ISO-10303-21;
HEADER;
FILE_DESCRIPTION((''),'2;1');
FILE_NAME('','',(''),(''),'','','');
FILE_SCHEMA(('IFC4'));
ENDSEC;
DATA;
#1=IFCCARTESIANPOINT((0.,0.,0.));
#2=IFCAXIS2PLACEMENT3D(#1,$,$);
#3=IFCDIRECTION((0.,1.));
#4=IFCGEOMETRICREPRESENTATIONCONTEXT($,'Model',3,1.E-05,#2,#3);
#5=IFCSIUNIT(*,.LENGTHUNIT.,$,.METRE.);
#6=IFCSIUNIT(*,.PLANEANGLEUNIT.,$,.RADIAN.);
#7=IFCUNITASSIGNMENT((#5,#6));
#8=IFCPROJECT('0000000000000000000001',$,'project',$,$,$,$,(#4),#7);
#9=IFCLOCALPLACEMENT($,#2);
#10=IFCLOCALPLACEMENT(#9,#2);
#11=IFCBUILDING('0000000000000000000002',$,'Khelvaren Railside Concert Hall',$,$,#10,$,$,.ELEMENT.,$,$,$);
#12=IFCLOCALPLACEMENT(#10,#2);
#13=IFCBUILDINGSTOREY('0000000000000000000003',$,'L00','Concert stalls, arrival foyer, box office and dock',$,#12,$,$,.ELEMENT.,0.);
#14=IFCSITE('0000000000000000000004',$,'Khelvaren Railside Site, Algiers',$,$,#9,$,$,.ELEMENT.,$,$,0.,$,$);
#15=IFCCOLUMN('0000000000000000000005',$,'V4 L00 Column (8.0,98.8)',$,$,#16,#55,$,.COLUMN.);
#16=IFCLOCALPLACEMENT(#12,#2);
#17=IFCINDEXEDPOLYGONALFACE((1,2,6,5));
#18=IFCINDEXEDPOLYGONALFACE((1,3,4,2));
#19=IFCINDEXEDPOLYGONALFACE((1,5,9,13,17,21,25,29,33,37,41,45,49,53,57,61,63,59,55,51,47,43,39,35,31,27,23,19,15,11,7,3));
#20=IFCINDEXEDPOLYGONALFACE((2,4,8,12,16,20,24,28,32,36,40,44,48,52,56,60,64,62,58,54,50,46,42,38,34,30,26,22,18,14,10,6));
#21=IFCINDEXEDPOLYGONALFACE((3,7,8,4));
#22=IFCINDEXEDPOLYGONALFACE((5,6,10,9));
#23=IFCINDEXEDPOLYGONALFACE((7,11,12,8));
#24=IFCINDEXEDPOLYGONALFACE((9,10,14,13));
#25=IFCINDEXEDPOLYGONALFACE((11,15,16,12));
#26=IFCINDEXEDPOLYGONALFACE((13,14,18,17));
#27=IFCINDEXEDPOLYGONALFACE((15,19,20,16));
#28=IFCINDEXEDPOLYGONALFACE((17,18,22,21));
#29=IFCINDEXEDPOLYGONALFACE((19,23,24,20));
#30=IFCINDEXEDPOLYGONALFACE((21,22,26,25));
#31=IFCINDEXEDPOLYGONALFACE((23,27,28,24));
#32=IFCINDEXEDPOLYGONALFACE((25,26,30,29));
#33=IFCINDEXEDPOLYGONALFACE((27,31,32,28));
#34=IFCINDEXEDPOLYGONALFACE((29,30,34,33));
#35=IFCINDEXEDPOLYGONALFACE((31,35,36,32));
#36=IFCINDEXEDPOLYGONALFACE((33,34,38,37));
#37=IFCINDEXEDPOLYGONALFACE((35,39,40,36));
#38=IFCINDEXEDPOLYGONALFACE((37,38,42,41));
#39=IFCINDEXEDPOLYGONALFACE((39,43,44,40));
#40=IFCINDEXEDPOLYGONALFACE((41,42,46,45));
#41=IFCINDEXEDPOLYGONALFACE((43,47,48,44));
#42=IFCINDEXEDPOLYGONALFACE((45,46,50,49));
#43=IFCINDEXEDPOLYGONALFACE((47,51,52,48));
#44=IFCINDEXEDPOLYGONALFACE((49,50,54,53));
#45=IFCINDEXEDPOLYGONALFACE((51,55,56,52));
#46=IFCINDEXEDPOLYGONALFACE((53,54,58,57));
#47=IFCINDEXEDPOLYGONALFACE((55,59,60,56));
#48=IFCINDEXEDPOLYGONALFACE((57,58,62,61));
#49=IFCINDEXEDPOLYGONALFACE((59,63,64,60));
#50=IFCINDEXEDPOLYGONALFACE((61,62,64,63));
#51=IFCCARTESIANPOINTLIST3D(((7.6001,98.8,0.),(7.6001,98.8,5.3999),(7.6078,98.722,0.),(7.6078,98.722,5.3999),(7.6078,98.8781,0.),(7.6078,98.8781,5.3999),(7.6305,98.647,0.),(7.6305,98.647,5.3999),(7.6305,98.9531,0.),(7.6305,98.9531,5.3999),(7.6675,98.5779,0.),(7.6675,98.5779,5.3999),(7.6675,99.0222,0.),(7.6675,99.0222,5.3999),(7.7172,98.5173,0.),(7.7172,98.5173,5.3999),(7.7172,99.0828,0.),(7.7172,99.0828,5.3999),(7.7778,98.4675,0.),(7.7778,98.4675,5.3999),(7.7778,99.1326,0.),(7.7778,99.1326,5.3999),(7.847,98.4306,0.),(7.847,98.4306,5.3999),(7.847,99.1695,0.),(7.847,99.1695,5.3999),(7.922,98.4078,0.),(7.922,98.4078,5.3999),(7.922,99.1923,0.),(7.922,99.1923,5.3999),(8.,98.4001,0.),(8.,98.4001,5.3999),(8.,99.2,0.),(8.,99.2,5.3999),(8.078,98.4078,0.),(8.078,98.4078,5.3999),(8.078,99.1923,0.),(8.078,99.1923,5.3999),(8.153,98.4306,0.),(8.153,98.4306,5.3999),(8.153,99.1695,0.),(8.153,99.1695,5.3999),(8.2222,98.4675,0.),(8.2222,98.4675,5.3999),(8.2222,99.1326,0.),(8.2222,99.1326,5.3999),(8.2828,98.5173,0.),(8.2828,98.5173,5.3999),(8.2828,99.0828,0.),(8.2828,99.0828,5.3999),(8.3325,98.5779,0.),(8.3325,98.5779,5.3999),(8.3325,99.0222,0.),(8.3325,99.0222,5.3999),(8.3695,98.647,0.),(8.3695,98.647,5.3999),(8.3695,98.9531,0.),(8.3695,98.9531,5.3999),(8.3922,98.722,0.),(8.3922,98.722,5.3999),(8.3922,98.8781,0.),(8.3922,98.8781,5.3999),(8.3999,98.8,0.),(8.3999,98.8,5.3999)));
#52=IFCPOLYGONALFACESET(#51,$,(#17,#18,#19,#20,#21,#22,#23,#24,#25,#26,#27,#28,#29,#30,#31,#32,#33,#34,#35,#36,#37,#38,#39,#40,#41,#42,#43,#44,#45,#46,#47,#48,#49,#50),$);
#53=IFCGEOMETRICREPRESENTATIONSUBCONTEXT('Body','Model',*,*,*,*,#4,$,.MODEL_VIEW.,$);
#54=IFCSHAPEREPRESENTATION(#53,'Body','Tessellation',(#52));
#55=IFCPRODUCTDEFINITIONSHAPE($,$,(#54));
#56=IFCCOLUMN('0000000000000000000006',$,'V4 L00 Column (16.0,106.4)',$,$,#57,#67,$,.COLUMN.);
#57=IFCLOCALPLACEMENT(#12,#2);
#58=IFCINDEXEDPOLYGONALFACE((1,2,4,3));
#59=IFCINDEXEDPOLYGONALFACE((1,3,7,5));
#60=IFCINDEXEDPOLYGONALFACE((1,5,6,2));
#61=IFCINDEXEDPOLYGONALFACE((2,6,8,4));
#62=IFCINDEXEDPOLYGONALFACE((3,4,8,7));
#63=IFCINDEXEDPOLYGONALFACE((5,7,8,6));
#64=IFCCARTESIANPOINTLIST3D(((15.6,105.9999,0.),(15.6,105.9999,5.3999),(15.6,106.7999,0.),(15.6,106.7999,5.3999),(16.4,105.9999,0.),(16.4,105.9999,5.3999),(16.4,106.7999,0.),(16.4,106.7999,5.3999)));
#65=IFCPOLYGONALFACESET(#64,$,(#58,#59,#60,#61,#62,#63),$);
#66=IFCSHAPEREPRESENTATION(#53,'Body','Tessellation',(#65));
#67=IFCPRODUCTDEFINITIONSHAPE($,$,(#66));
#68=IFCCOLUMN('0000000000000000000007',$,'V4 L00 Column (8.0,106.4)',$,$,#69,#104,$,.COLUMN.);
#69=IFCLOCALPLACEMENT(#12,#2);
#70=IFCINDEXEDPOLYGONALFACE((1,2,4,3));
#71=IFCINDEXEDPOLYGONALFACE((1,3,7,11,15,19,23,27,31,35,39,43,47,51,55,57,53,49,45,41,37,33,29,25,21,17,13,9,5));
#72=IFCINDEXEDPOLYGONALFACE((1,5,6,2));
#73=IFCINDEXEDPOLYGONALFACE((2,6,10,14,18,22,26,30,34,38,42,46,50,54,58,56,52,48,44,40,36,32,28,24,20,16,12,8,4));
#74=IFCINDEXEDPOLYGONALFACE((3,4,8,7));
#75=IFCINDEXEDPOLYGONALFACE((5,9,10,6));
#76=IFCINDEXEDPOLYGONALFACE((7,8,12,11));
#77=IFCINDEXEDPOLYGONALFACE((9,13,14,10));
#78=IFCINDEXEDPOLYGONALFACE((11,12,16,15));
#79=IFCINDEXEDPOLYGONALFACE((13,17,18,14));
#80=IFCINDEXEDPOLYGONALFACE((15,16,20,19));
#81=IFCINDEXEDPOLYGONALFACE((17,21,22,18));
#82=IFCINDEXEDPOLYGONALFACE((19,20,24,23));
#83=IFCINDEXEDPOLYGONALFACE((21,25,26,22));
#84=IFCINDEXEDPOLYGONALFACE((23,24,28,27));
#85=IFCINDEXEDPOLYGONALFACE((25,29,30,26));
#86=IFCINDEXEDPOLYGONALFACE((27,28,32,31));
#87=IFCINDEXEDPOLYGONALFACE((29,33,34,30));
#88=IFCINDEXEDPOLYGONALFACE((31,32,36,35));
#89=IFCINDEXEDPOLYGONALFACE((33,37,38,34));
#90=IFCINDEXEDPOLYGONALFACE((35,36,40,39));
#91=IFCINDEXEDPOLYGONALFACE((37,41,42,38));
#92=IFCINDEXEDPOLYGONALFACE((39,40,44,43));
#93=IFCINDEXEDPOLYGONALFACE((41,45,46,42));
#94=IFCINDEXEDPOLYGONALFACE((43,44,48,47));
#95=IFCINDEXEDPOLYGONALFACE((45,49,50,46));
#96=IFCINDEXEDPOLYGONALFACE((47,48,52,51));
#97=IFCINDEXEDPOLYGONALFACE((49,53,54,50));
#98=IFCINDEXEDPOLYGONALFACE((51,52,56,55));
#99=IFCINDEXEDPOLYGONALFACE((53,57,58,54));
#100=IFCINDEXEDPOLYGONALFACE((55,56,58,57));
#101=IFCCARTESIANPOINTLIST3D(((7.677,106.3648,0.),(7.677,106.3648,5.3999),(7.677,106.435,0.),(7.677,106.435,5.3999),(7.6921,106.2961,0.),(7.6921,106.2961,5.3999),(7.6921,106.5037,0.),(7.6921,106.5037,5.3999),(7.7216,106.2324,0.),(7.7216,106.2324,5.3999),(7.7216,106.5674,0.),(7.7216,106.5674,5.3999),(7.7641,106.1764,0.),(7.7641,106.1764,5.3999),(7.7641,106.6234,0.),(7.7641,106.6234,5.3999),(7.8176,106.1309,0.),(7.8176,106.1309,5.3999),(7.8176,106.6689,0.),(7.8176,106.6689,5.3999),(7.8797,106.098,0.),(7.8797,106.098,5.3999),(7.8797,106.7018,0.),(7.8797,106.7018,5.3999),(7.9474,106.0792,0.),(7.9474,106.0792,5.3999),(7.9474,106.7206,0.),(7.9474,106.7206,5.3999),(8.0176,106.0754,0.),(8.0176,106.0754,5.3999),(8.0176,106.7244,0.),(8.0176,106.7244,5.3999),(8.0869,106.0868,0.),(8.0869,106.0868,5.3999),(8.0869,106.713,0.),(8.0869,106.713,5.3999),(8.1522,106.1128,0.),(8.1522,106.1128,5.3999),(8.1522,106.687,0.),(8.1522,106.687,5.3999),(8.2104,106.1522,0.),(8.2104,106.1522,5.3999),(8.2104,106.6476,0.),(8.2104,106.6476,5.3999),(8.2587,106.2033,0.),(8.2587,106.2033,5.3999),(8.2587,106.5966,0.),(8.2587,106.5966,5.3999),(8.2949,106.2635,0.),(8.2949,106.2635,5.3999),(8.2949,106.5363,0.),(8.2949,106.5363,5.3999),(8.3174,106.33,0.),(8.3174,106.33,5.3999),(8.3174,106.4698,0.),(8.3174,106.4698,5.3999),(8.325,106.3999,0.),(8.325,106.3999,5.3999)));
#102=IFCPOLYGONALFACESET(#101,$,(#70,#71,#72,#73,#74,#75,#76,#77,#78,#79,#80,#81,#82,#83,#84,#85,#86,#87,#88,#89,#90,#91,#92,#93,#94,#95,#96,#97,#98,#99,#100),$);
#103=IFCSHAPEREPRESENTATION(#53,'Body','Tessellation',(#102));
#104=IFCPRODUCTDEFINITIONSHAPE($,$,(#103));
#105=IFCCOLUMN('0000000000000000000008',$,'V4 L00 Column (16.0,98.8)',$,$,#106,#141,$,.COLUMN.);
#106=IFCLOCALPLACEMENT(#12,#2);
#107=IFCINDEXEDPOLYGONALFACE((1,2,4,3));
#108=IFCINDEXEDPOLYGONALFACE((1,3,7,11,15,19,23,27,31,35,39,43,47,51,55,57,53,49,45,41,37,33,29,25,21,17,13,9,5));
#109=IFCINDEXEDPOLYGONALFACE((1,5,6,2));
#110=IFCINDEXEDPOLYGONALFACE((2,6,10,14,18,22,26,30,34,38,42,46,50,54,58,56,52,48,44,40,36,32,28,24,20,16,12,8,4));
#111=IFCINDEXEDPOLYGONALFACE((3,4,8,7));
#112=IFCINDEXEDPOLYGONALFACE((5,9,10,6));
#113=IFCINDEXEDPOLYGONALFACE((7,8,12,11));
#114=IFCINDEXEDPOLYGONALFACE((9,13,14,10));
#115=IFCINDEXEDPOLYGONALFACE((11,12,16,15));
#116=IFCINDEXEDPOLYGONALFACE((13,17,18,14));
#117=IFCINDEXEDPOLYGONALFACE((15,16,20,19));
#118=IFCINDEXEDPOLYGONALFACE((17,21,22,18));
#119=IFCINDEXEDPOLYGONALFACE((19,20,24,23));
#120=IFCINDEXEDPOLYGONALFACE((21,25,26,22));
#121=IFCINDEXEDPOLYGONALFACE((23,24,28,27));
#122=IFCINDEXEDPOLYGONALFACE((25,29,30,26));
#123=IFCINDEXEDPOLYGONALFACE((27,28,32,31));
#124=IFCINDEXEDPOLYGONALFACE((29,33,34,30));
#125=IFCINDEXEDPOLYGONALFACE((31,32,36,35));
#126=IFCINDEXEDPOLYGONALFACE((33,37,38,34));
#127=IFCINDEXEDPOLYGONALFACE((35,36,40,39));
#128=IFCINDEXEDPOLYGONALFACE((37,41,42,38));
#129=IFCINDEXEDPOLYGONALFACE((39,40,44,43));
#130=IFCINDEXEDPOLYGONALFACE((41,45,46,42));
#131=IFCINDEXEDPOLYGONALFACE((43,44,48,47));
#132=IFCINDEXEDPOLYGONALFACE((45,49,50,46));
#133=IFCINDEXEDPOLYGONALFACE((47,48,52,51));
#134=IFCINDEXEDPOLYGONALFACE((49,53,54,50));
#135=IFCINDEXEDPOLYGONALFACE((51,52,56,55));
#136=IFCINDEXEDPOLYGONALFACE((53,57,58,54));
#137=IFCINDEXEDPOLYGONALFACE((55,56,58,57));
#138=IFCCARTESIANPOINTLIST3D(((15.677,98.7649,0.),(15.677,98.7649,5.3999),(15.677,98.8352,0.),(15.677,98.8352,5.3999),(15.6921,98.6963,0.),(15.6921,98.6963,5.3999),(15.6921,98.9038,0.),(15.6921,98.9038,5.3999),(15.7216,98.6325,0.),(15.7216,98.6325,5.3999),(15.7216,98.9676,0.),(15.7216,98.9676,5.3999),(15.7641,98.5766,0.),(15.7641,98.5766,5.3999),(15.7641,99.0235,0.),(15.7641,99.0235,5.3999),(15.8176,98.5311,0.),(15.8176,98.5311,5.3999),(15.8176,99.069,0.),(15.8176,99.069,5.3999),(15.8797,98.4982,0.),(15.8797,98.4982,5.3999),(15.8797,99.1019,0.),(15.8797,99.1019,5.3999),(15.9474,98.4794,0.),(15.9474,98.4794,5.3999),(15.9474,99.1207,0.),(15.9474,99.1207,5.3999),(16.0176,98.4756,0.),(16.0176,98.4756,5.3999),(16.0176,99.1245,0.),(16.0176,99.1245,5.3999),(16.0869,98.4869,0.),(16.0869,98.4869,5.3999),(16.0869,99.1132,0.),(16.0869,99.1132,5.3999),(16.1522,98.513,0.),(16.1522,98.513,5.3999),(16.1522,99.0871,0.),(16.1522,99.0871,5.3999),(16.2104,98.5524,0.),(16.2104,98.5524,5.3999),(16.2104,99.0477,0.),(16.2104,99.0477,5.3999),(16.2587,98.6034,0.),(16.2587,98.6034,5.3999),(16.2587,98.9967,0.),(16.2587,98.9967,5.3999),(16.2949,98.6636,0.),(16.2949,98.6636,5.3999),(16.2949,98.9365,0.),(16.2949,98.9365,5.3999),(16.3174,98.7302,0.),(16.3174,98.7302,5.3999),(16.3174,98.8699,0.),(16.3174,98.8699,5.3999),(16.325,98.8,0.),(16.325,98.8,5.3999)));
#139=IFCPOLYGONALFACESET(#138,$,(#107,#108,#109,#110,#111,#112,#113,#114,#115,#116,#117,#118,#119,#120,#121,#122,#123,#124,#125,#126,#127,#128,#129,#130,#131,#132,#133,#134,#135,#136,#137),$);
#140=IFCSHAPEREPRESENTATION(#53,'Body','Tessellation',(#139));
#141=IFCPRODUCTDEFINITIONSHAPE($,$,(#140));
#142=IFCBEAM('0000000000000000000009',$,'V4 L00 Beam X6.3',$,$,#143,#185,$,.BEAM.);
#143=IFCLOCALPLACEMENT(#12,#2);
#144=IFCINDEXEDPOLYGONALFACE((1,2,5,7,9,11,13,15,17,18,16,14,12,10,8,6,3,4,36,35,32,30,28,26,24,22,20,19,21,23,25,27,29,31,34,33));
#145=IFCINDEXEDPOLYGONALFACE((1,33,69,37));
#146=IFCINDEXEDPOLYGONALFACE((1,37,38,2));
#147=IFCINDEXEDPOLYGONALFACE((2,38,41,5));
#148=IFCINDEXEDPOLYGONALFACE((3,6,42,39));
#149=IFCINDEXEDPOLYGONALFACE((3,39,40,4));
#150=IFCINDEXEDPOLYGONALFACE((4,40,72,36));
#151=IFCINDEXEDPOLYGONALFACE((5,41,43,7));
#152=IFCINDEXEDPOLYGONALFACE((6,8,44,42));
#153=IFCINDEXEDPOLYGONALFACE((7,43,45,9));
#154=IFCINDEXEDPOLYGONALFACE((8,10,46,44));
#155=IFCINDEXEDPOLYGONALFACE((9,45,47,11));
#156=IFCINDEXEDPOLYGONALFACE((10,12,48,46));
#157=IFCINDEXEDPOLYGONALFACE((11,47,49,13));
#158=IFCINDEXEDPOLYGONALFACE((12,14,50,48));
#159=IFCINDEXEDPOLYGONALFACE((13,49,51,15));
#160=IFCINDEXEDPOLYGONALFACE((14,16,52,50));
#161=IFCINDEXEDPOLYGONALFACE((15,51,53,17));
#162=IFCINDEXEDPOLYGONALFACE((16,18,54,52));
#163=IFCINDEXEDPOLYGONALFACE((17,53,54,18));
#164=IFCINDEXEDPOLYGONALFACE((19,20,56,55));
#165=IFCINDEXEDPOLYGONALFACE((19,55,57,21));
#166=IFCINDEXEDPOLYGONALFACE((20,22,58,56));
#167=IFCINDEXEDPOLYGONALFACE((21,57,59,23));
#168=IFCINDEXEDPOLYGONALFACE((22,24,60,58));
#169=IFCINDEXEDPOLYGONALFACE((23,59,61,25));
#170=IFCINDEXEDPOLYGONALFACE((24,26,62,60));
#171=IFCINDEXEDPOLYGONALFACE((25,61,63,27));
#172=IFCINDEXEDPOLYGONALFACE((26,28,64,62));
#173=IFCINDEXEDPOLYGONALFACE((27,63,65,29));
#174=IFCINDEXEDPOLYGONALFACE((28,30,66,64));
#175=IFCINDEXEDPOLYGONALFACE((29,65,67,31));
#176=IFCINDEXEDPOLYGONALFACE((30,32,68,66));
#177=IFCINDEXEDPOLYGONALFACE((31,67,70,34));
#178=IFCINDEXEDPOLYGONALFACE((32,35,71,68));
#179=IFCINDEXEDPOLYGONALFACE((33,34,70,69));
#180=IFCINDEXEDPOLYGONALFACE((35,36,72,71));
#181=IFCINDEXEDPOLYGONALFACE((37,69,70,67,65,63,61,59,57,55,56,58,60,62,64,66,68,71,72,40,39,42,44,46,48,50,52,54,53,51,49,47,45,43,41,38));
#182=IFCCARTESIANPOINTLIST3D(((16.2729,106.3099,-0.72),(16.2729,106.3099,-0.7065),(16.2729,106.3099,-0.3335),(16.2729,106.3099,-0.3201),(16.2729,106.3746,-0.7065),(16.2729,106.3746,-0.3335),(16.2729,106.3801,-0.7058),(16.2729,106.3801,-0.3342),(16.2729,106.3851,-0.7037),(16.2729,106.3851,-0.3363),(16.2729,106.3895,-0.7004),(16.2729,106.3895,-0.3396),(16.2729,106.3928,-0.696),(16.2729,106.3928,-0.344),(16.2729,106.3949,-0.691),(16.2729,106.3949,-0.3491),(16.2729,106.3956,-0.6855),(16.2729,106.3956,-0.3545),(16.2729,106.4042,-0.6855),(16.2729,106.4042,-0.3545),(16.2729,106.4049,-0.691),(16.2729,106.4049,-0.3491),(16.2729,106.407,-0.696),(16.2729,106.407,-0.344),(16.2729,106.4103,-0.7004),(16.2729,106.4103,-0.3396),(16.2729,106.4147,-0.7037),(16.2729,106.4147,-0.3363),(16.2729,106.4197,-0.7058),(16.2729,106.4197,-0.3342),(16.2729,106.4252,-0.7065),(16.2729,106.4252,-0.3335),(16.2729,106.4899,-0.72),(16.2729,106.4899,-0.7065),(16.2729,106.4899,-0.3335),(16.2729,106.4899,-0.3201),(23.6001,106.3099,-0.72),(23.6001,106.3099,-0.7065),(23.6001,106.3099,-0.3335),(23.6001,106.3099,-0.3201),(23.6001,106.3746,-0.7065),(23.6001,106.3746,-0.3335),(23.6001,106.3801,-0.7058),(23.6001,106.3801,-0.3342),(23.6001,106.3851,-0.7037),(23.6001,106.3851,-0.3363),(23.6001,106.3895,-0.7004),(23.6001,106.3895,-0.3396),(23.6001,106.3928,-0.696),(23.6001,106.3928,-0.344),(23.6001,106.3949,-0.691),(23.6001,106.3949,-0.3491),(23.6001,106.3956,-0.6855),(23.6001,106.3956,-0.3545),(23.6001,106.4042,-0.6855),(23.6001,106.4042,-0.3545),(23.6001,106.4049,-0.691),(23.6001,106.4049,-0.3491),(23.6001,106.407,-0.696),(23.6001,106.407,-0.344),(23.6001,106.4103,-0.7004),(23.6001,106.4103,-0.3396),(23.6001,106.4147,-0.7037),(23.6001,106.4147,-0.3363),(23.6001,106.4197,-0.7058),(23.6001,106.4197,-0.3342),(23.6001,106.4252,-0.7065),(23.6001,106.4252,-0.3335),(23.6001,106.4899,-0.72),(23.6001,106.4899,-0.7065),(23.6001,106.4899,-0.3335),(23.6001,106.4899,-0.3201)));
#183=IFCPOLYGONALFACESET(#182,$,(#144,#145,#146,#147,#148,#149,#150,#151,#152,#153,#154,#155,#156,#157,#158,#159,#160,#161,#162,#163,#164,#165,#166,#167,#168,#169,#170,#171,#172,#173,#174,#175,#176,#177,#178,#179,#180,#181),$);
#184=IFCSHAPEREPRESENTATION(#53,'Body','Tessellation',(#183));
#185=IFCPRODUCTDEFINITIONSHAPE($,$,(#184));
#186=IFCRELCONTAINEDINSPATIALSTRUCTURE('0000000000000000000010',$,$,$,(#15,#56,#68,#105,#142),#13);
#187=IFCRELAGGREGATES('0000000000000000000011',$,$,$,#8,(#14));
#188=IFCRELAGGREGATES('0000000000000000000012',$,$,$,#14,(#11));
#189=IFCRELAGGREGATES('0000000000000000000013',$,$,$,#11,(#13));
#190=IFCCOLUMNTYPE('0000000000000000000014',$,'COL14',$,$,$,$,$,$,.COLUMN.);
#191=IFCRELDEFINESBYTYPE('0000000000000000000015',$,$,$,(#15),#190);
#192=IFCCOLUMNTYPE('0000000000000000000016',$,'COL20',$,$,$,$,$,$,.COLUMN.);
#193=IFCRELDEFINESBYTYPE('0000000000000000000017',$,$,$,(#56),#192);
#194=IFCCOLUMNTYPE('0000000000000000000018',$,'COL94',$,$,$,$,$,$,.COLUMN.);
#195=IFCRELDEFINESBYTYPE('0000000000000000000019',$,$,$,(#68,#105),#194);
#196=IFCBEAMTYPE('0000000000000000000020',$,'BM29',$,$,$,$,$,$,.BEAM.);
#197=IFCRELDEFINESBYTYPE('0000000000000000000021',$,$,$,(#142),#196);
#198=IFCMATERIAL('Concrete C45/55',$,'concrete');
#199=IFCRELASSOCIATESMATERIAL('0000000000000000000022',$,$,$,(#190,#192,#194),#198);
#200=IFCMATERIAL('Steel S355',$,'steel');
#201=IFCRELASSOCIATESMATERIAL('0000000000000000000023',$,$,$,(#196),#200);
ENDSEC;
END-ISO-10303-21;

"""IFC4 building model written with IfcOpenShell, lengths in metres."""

from ifc_helpers import new_model, si_unit, direction, frame, origin, origin_2d, place, context, subcontext, project, spatial, rectangle, circle, i_section, extrude, material, material_profile, profile_set, type_object, element, save


model = new_model("IFC4")

# Units and contexts
model_context = context("Model", 3, precision=1e-05, world=origin(), true_north=direction((0.0, 1.0)))
body_context = subcontext(model_context, "Body", "Model", "MODEL_VIEW")
ifc_project = project(units=[si_unit("LENGTHUNIT", "METRE"), si_unit("PLANEANGLEUNIT", "RADIAN")], contexts=[model_context])

# Site, building, storey
site_placement = place(None, origin())
site = spatial("IfcSite", under=ifc_project, at=site_placement, Name="Khelvaren Railside Site, Algiers", CompositionType="ELEMENT", RefElevation=0.0)
building_placement = place(site_placement, origin())
building = spatial("IfcBuilding", under=site, at=building_placement, Name="Khelvaren Railside Concert Hall", CompositionType="ELEMENT")
storey_placement = place(building_placement, origin())
storey = spatial("IfcBuildingStorey", under=building, at=storey_placement, Name="L00", Description="Concert stalls, arrival foyer, box office and dock", CompositionType="ELEMENT", Elevation=0.0)

# Columns
ifc_material_1 = material(Name="Concrete C45/55", Category="concrete")
ifc_material_profile_1 = material_profile(ifc_material_1, circle(Radius=0.3999, at=origin_2d()), Name="RC D800")
ifc_profile_set_1 = profile_set([ifc_material_profile_1], Name="Concrete C45/55")
column_type_1 = type_object("IfcColumnType", Name="COL14", PredefinedType="COLUMN", material=ifc_profile_set_1)
column_1_placement = place(storey_placement, frame((8.0, 98.8, 0.0), z_axis=(0.0, 0.0, 1.0), x_axis=(1.0, 0.0, 0.0)))
element("IfcColumn", 1, at=column_1_placement, inside=storey, type_object=column_type_1, Name="V4 L00 Column (8.0,98.8)", PredefinedType="COLUMN", context=body_context, shape_type="SweptSolid", body=[
    extrude(circle(Radius=0.3999, at=origin_2d()), origin(), (0.0, 0.0, 1.0), 5.3999),
])
ifc_material_profile_2 = material_profile(ifc_material_1, rectangle(XDim=0.8, YDim=0.8, at=origin_2d()), Name="RC 800x800")
ifc_profile_set_2 = profile_set([ifc_material_profile_2], Name="Concrete C45/55")
column_type_2 = type_object("IfcColumnType", Name="COL20", PredefinedType="COLUMN", material=ifc_profile_set_2)
column_2_placement = place(storey_placement, frame((16.0, 106.3999, 0.0), z_axis=(0.0, 0.0, 1.0), x_axis=(1.0, 0.0, 0.0)))
element("IfcColumn", 2, at=column_2_placement, inside=storey, type_object=column_type_2, Name="V4 L00 Column (16.0,106.4)", PredefinedType="COLUMN", context=body_context, shape_type="SweptSolid", body=[
    extrude(rectangle(XDim=0.8, YDim=0.8, at=origin_2d()), origin(), (0.0, 0.0, 1.0), 5.3999),
])
ifc_material_profile_3 = material_profile(ifc_material_1, circle(Radius=0.325, at=origin_2d()), Name="RC D650")
ifc_profile_set_3 = profile_set([ifc_material_profile_3], Name="Concrete C45/55")
column_type_3 = type_object("IfcColumnType", Name="COL94", PredefinedType="COLUMN", material=ifc_profile_set_3)
for number, where, z_axis, x_axis, name in (
    (3, (8.0, 106.3999, 0.0), (0.0, 0.0, 1.0), (1.0, 0.0, 0.0), "V4 L00 Column (8.0,106.4)"),
    (4, (16.0, 98.8, 0.0), (0.0, 0.0, 1.0), (1.0, 0.0, 0.0), "V4 L00 Column (16.0,98.8)"),
):
    element("IfcColumn", number, at=place(storey_placement, frame(where, z_axis=z_axis, x_axis=x_axis)), inside=storey, type_object=column_type_3, Name=name, PredefinedType="COLUMN", context=body_context, shape_type="SweptSolid", body=[
        extrude(circle(Radius=0.325, at=origin_2d()), origin(), (0.0, 0.0, 1.0), 5.3999),
    ])

# Beam
ifc_material_2 = material(Name="Steel S355", Category="steel")
ifc_material_profile_4 = material_profile(ifc_material_2, i_section(OverallWidth=0.1799, OverallDepth=0.3999, WebThickness=0.0085, FlangeThickness=0.0134, FilletRadius=0.021, at=origin_2d()), Name="IPE 400")
ifc_profile_set_4 = profile_set([ifc_material_profile_4], Name="Steel S355")
beam_type_1 = type_object("IfcBeamType", Name="BM29", PredefinedType="BEAM", material=ifc_profile_set_4)
beam_1_placement = place(storey_placement, frame((16.2729, 106.3999, -0.52), z_axis=(1.0, 0.0, 0.0), x_axis=(0.0, 1.0, 0.0)))
element("IfcBeam", 5, at=beam_1_placement, inside=storey, type_object=beam_type_1, Name="V4 L00 Beam X6.3", PredefinedType="BEAM", context=body_context, shape_type="SweptSolid", body=[
    extrude(i_section(OverallWidth=0.1799, OverallDepth=0.3999, WebThickness=0.0085, FlangeThickness=0.0134, FilletRadius=0.021, at=origin_2d()), origin(), (0.0, 0.0, 1.0), 7.3271),
])

save(model, "model.ifc")
